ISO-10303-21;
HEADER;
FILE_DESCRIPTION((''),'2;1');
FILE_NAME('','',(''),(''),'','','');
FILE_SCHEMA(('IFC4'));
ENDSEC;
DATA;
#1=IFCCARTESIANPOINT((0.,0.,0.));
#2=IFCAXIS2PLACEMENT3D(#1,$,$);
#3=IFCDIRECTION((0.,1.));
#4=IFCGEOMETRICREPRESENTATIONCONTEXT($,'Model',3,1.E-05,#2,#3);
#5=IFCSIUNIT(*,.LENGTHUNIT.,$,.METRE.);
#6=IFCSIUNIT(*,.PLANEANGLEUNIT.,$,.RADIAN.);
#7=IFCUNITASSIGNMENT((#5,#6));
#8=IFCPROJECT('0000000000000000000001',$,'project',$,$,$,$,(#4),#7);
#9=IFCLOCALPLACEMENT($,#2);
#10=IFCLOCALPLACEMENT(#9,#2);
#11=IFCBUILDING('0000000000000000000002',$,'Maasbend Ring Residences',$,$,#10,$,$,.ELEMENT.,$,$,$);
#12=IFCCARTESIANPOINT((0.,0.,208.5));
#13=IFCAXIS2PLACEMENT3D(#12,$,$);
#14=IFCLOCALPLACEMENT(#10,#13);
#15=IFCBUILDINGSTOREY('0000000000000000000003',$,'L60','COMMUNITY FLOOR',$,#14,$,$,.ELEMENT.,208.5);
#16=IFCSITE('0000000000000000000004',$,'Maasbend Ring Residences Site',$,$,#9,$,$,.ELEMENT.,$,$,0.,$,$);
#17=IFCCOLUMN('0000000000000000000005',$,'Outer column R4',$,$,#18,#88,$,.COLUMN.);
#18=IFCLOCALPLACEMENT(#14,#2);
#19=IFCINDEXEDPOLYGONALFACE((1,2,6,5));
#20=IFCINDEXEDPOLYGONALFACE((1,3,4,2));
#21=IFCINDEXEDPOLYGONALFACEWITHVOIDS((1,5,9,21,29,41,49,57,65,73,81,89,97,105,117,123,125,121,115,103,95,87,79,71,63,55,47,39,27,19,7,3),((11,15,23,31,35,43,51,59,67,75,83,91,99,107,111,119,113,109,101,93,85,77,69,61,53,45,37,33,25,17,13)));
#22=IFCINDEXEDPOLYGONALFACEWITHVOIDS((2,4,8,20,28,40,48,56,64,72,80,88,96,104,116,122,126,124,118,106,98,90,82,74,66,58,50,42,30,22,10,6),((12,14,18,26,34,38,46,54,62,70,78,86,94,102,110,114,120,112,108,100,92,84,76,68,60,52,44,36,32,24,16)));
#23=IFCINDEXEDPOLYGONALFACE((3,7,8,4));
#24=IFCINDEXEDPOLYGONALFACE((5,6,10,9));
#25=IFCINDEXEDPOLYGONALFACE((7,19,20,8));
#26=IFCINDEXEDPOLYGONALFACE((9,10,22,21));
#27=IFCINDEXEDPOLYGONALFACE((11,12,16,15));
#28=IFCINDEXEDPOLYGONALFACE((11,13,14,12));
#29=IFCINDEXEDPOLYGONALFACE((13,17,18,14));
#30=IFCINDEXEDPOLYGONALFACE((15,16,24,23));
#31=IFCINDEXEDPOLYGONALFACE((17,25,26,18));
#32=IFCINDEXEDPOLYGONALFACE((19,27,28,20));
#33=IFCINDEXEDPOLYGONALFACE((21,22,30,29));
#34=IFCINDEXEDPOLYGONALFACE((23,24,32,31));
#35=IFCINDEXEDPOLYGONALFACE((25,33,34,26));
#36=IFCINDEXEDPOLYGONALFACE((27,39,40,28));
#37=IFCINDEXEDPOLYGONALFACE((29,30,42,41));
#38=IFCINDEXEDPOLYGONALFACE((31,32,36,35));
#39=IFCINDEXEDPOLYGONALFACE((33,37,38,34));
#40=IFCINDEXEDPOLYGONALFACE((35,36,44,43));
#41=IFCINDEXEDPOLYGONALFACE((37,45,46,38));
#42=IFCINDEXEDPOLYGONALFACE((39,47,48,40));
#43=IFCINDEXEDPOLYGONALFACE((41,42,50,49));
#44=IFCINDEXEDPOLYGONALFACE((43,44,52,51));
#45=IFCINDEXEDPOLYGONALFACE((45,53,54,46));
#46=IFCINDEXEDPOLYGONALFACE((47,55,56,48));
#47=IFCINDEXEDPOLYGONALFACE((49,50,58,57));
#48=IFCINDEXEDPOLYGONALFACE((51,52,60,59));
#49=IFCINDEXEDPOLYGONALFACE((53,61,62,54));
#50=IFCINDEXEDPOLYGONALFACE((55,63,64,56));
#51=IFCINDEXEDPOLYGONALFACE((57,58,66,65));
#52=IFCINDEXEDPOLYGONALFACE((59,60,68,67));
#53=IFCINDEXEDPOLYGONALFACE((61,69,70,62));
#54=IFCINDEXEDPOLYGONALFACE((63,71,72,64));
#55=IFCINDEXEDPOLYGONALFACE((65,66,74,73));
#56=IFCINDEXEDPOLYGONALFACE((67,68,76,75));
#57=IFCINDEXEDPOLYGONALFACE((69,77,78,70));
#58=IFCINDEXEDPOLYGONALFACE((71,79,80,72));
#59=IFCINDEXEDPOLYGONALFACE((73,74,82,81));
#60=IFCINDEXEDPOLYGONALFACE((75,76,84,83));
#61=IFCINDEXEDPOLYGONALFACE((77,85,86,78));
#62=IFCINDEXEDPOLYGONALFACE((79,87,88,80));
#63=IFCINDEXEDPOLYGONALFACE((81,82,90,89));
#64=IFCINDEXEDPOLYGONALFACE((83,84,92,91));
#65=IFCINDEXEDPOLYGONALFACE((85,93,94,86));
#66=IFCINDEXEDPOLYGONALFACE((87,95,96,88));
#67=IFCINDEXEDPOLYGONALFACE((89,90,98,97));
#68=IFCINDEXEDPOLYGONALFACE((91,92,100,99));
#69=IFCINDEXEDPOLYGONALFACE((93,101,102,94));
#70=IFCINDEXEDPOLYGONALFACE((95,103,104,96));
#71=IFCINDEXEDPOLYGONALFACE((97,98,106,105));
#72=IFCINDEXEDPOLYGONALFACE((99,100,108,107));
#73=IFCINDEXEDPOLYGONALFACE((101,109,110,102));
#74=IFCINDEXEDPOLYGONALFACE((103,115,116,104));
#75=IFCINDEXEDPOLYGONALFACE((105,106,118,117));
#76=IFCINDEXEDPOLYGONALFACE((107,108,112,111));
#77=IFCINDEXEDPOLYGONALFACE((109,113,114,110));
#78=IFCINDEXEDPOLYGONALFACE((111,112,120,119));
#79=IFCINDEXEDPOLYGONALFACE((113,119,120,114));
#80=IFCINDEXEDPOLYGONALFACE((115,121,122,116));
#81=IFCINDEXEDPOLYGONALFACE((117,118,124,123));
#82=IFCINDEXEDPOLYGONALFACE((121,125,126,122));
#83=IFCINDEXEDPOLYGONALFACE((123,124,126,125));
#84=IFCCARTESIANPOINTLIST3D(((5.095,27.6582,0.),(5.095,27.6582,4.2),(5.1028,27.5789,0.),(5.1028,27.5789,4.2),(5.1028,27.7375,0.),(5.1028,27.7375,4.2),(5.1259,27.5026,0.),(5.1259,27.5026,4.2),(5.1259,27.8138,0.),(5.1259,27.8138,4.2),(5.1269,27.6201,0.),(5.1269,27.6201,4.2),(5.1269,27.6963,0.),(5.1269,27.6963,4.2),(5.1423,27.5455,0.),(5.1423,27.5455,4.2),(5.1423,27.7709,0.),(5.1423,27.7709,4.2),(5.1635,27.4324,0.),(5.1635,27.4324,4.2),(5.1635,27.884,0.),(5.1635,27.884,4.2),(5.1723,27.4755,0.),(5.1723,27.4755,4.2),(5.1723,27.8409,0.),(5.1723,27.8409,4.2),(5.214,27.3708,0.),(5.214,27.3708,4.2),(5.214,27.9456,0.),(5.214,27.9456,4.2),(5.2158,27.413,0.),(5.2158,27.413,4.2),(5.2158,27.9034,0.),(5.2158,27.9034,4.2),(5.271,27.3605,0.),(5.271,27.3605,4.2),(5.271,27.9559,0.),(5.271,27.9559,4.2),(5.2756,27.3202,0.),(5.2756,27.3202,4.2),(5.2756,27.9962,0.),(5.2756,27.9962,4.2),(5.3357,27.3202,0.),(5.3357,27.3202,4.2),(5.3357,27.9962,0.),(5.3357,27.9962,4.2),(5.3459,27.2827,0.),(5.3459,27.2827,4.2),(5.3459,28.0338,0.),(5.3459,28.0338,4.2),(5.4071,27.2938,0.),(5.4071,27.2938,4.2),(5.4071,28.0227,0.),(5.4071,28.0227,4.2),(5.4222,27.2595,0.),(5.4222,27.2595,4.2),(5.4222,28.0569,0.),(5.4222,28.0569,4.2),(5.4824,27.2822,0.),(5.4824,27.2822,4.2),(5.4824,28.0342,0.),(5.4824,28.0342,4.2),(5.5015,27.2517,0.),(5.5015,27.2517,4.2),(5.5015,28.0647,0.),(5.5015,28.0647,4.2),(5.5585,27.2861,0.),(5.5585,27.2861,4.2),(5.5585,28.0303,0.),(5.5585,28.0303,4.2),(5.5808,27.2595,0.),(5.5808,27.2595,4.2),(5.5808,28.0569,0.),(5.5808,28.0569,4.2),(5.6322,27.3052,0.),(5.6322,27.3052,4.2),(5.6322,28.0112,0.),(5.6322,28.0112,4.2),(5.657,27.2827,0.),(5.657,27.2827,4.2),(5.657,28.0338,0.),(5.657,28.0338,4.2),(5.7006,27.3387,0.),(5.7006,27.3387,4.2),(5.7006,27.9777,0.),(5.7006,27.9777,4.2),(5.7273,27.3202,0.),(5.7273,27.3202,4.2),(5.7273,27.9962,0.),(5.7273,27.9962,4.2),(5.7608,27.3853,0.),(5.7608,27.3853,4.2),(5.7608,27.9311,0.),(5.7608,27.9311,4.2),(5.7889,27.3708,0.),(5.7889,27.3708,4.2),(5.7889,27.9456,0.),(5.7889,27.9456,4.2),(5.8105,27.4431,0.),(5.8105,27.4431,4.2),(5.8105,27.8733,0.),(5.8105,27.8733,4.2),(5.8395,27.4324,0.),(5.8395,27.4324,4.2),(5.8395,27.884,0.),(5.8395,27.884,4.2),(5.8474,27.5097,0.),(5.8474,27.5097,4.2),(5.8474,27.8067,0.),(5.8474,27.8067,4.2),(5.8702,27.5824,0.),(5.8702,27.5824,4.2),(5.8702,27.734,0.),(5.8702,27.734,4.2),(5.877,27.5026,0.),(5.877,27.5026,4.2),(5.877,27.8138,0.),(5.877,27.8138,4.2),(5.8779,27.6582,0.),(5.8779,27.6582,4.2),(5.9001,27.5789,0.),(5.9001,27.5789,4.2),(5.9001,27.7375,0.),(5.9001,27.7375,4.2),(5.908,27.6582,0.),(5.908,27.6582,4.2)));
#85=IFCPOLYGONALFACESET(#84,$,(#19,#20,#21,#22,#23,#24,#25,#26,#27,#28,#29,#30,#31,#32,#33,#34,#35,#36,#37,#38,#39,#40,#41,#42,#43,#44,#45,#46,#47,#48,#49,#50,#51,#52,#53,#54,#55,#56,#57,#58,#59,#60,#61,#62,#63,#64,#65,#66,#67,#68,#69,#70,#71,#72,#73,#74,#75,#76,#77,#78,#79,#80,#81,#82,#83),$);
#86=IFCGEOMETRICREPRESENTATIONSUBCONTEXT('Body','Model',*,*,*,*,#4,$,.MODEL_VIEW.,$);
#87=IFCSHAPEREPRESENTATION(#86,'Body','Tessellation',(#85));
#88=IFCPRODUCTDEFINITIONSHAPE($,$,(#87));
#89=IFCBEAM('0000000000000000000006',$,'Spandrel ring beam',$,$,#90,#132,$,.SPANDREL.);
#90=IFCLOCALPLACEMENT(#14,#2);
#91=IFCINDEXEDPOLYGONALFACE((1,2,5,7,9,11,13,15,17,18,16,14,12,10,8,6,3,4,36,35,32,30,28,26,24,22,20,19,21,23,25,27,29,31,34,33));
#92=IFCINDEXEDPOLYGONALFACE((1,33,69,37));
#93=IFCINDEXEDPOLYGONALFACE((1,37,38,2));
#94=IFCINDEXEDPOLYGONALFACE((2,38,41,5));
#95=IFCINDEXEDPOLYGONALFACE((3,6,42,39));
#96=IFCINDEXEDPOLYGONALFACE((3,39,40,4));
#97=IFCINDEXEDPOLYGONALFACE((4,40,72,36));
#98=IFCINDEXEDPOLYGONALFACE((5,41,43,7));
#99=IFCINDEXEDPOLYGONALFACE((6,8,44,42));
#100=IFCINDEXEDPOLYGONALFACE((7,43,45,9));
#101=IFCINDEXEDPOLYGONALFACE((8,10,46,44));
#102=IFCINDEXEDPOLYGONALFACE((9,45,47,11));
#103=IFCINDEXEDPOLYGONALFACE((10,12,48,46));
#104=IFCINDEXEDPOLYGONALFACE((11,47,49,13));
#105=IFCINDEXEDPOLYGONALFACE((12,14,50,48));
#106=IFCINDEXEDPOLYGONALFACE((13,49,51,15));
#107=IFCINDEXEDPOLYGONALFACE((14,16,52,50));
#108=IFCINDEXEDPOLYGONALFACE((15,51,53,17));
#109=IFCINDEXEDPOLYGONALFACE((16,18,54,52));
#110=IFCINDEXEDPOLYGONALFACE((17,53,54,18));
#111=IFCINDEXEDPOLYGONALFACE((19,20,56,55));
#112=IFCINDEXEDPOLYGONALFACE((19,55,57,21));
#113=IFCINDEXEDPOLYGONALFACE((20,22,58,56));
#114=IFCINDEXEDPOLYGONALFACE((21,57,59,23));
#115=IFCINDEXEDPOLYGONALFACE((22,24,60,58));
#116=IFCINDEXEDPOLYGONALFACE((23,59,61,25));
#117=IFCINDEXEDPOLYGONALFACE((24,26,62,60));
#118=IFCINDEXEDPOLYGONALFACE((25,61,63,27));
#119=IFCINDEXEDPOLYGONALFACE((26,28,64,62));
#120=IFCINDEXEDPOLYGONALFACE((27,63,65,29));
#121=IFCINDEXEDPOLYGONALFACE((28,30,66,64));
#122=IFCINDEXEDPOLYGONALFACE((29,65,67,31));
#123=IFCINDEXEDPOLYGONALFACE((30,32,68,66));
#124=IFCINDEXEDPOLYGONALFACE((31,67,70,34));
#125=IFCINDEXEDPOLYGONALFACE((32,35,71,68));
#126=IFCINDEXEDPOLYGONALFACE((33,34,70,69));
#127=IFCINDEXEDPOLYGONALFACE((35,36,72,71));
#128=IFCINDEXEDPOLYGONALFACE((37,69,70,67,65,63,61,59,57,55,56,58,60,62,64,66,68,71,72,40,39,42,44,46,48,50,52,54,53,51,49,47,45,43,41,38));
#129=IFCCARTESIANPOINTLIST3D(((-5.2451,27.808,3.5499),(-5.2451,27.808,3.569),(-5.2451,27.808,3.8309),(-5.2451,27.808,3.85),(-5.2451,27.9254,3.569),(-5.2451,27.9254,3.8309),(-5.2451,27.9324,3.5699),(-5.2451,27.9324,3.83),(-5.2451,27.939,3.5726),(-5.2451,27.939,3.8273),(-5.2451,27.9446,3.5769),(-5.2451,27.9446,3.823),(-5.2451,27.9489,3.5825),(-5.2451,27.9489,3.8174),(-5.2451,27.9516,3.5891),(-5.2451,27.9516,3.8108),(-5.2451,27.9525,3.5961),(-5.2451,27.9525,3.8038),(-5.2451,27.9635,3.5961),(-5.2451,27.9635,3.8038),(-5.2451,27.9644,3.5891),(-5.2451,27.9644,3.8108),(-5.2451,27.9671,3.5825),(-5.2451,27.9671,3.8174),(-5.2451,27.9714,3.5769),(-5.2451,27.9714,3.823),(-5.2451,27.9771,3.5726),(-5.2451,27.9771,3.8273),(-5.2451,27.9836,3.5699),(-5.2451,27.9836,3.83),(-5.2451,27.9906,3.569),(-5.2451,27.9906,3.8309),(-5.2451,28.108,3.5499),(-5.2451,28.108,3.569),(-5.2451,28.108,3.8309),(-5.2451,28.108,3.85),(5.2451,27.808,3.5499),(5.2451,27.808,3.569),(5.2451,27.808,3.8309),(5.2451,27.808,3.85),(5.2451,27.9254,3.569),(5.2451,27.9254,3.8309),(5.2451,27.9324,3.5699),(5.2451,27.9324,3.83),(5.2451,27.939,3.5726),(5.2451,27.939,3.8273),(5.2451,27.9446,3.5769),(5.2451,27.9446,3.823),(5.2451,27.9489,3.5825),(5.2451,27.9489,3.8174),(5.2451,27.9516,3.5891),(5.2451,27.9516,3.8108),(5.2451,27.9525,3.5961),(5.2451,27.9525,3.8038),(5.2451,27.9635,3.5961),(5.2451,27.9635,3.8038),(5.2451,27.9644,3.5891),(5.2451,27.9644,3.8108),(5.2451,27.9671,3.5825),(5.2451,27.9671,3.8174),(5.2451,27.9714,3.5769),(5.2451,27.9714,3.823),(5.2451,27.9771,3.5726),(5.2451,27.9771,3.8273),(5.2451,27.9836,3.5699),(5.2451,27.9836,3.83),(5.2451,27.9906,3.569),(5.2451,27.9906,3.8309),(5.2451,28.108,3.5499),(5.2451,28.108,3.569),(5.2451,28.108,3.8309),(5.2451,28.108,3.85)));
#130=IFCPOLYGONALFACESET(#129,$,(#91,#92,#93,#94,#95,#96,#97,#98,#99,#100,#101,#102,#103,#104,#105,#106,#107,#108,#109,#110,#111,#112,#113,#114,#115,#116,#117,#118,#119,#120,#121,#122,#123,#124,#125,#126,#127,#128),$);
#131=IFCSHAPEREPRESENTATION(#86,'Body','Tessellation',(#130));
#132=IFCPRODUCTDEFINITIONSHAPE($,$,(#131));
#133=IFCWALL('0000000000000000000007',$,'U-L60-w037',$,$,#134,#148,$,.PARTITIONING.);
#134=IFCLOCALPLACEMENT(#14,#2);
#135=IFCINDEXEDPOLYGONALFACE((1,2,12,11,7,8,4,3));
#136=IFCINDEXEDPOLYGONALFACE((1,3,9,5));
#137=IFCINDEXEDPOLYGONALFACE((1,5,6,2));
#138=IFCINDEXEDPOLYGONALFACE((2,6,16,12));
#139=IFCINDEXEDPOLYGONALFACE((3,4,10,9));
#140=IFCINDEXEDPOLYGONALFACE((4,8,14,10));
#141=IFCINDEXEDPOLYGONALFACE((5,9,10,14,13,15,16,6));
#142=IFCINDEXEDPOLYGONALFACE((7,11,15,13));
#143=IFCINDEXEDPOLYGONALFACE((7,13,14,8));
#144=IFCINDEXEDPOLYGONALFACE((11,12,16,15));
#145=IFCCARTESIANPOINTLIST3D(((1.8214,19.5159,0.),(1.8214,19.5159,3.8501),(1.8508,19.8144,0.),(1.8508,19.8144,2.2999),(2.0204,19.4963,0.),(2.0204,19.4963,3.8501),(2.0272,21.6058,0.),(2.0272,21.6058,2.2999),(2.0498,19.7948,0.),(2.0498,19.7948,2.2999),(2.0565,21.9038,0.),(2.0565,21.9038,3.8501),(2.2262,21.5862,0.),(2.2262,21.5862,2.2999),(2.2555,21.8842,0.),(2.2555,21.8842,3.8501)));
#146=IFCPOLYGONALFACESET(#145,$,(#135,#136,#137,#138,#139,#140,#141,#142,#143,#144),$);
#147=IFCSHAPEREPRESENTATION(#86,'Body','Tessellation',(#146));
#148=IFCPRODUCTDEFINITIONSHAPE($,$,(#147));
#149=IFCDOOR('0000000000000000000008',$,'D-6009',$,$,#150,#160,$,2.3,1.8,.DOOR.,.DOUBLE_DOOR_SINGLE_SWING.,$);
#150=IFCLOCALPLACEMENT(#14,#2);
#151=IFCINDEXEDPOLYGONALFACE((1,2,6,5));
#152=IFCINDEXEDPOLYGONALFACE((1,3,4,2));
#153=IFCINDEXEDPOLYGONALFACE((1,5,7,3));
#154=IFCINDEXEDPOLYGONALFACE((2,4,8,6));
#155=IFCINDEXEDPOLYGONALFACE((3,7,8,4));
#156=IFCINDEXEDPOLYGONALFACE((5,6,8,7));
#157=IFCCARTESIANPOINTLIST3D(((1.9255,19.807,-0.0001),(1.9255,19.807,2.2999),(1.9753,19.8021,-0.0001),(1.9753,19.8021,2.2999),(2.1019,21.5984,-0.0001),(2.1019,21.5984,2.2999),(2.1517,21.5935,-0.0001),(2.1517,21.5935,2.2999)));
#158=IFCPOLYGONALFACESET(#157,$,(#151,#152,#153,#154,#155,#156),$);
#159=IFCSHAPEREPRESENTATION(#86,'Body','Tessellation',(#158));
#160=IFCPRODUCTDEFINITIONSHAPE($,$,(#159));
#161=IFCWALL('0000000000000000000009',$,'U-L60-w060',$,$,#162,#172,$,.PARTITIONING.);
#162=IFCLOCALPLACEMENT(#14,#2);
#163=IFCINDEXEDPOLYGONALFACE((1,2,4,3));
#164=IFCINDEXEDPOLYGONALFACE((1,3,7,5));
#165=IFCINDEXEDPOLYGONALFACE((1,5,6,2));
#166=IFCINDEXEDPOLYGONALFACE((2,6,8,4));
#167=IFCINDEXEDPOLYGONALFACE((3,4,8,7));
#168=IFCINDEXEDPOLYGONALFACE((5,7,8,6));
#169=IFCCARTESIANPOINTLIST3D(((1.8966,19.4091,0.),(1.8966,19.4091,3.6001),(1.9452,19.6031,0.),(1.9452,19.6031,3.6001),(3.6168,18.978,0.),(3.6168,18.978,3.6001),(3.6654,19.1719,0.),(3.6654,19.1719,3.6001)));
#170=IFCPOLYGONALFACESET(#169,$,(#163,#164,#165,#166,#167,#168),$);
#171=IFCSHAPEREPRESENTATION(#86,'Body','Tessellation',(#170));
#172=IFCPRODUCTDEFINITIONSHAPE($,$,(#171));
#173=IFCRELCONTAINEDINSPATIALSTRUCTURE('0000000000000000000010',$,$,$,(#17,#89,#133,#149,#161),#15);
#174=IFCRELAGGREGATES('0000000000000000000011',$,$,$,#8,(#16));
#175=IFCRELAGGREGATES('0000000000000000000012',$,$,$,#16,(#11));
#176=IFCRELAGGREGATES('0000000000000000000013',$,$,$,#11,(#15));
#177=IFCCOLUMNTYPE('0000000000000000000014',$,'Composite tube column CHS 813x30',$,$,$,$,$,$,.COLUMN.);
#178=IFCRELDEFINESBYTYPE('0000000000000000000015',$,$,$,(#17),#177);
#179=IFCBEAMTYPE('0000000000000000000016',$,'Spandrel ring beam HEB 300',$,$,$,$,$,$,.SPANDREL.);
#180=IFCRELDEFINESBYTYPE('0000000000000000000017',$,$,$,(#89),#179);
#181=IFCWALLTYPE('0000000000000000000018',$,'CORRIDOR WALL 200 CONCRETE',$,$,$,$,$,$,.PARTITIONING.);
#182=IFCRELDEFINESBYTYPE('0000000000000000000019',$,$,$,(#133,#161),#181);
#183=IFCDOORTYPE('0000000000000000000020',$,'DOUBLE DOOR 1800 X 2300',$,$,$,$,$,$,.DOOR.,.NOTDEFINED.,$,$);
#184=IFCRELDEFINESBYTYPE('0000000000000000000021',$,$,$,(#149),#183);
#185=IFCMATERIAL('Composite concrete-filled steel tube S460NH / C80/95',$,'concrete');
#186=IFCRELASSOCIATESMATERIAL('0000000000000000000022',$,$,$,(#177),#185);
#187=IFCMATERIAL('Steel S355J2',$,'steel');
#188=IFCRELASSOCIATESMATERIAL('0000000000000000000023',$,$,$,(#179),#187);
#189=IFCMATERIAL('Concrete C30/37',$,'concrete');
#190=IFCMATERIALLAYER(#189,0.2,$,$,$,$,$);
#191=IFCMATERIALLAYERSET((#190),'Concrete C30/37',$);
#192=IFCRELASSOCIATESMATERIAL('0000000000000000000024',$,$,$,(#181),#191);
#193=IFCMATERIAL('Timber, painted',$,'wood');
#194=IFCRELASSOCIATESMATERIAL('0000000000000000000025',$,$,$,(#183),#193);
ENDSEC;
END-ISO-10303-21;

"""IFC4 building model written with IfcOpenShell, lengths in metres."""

from ifc_helpers import new_model, si_unit, direction, frame, frame_2d, origin, origin_2d, place, context, subcontext, project, spatial, rectangle, hollow_circle, i_section, extrude, material, layer, layer_set, material_profile, profile_set, type_object, element, fill, save


model = new_model("IFC4")

# Units and contexts
model_context = context("Model", 3, precision=1e-05, world=origin(), true_north=direction((0.0, 1.0)))
body_context = subcontext(model_context, "Body", "Model", "MODEL_VIEW")
ifc_project = project(units=[si_unit("LENGTHUNIT", "METRE"), si_unit("PLANEANGLEUNIT", "RADIAN")], contexts=[model_context])

# Site, building, storey
site_placement = place(None, origin())
site = spatial("IfcSite", under=ifc_project, at=site_placement, Name="Maasbend Ring Residences Site", CompositionType="ELEMENT", RefElevation=0.0)
building_placement = place(site_placement, origin())
building = spatial("IfcBuilding", under=site, at=building_placement, Name="Maasbend Ring Residences", CompositionType="ELEMENT")
storey_placement = place(building_placement, frame((0.0, 0.0, 208.5)))
storey = spatial("IfcBuildingStorey", under=building, at=storey_placement, Name="L60", Description="COMMUNITY FLOOR", CompositionType="ELEMENT", Elevation=208.5)

# Column
ifc_material_1 = material(Name="Composite concrete-filled steel tube S460NH / C80/95", Category="concrete")
ifc_material_profile_1 = material_profile(ifc_material_1, hollow_circle(Radius=0.4065, WallThickness=0.03, at=origin_2d()), Name="Composite tube column CHS 813x30")
ifc_profile_set_1 = profile_set([ifc_material_profile_1], Name="Composite concrete-filled steel tube S460NH / C80/95")
column_type = type_object("IfcColumnType", Name="Composite tube column CHS 813x30", PredefinedType="COLUMN", material=ifc_profile_set_1)
column_placement = place(storey_placement, frame((5.5015, 27.6582, 0.0), z_axis=(0.0, 0.0, 1.0), x_axis=(1.0, 0.0, 0.0)))
element("IfcColumn", 1, at=column_placement, inside=storey, type_object=column_type, Name="Outer column R4", PredefinedType="COLUMN", context=body_context, shape_type="SweptSolid", body=[
    extrude(hollow_circle(Radius=0.4065, WallThickness=0.03, at=origin_2d()), origin(), (0.0, 0.0, 1.0), 4.2),
])

# Beam
ifc_material_2 = material(Name="Steel S355J2", Category="steel")
ifc_material_profile_2 = material_profile(ifc_material_2, i_section(OverallWidth=0.3, OverallDepth=0.3, WebThickness=0.011, FlangeThickness=0.019, FilletRadius=0.0271, at=origin_2d()), Name="HEB 300")
ifc_profile_set_2 = profile_set([ifc_material_profile_2], Name="Steel S355J2")
beam_type = type_object("IfcBeamType", Name="Spandrel ring beam HEB 300", PredefinedType="SPANDREL", material=ifc_profile_set_2)
beam_placement = place(storey_placement, frame((5.2451, 27.958, 3.7), z_axis=(-1.0, 0.0, 0.0), x_axis=(0.0, -1.0, 0.0)))
element("IfcBeam", 2, at=beam_placement, inside=storey, type_object=beam_type, Name="Spandrel ring beam", PredefinedType="SPANDREL", context=body_context, shape_type="SweptSolid", body=[
    extrude(i_section(OverallWidth=0.3, OverallDepth=0.3, WebThickness=0.011, FlangeThickness=0.019, FilletRadius=0.0271, at=origin_2d()), origin(), (0.0, 0.0, 1.0), 10.4902),
])

# Wall, opening, door
ifc_material_3 = material(Name="Concrete C30/37", Category="concrete")
ifc_layer_1 = layer(ifc_material_3, 0.2)
ifc_layer_set_1 = layer_set([ifc_layer_1], Name="Concrete C30/37")
wall_type_1 = type_object("IfcWallType", Name="CORRIDOR WALL 200 CONCRETE", PredefinedType="PARTITIONING", material=ifc_layer_set_1)
wall_1_placement = place(storey_placement, frame((1.9209, 19.5061, 0.0), z_axis=(0.0, 0.0, 1.0), x_axis=(0.097982, 0.995188, 0.0)))
wall_1 = element("IfcWall", 3, at=wall_1_placement, inside=storey, type_object=wall_type_1, Name="U-L60-w037", PredefinedType="PARTITIONING", context=body_context, shape_type="SweptSolid", body=[
    extrude(rectangle(XDim=2.3994, YDim=0.2, at=frame_2d((1.1997, 0.0))), origin(), (0.0, 0.0, 1.0), 3.8501),
])
opening_1_placement = place(wall_1_placement, frame((0.3, 0.0, 0.0)))
opening_1 = element("IfcOpeningElement", 4, at=opening_1_placement, cuts=wall_1, PredefinedType="OPENING", context=body_context, shape_type="SweptSolid", body=[
    extrude(rectangle(XDim=1.8, YDim=2.3, at=frame_2d((0.8999, 1.1499))), frame((0.0, 0.1099, 0.0), z_axis=(0.0, -1.0, 0.0), x_axis=(1.0, 0.0, 0.0)), (0.0, 0.0, 1.0), 0.22),
])
ifc_material_4 = material(Name="Timber, painted", Category="wood")
door_type_1 = type_object("IfcDoorType", Name="DOUBLE DOOR 1800 X 2300", OperationType="NOTDEFINED", PredefinedType="DOOR", material=ifc_material_4)
door_1_placement = place(opening_1_placement, origin())
door_1 = element("IfcDoor", 5, at=door_1_placement, inside=storey, type_object=door_type_1, Name="D-6009", OperationType="DOUBLE_DOOR_SINGLE_SWING", OverallHeight=2.3, OverallWidth=1.8, PredefinedType="DOOR", context=body_context, shape_type="SweptSolid", body=[
    extrude(rectangle(XDim=1.8, YDim=2.3, at=frame_2d((0.8999, 1.1499))), frame((0.0, 0.0249, 0.0), z_axis=(0.0, -1.0, 0.0), x_axis=(1.0, 0.0, 0.0)), (0.0, 0.0, 1.0), 0.05),
])
fill(opening_1, door_1)

# Wall
wall_2_placement = place(storey_placement, frame((1.9209, 19.5061, 0.0), z_axis=(0.0, 0.0, 1.0), x_axis=(0.969997, -0.243119, 0.0)))
element("IfcWall", 6, at=wall_2_placement, inside=storey, type_object=wall_type_1, Name="U-L60-w060", PredefinedType="PARTITIONING", context=body_context, shape_type="SweptSolid", body=[
    extrude(rectangle(XDim=1.7734, YDim=0.2, at=frame_2d((0.8867, 0.0))), origin(), (0.0, 0.0, 1.0), 3.6001),
])

save(model, "model.ifc")
